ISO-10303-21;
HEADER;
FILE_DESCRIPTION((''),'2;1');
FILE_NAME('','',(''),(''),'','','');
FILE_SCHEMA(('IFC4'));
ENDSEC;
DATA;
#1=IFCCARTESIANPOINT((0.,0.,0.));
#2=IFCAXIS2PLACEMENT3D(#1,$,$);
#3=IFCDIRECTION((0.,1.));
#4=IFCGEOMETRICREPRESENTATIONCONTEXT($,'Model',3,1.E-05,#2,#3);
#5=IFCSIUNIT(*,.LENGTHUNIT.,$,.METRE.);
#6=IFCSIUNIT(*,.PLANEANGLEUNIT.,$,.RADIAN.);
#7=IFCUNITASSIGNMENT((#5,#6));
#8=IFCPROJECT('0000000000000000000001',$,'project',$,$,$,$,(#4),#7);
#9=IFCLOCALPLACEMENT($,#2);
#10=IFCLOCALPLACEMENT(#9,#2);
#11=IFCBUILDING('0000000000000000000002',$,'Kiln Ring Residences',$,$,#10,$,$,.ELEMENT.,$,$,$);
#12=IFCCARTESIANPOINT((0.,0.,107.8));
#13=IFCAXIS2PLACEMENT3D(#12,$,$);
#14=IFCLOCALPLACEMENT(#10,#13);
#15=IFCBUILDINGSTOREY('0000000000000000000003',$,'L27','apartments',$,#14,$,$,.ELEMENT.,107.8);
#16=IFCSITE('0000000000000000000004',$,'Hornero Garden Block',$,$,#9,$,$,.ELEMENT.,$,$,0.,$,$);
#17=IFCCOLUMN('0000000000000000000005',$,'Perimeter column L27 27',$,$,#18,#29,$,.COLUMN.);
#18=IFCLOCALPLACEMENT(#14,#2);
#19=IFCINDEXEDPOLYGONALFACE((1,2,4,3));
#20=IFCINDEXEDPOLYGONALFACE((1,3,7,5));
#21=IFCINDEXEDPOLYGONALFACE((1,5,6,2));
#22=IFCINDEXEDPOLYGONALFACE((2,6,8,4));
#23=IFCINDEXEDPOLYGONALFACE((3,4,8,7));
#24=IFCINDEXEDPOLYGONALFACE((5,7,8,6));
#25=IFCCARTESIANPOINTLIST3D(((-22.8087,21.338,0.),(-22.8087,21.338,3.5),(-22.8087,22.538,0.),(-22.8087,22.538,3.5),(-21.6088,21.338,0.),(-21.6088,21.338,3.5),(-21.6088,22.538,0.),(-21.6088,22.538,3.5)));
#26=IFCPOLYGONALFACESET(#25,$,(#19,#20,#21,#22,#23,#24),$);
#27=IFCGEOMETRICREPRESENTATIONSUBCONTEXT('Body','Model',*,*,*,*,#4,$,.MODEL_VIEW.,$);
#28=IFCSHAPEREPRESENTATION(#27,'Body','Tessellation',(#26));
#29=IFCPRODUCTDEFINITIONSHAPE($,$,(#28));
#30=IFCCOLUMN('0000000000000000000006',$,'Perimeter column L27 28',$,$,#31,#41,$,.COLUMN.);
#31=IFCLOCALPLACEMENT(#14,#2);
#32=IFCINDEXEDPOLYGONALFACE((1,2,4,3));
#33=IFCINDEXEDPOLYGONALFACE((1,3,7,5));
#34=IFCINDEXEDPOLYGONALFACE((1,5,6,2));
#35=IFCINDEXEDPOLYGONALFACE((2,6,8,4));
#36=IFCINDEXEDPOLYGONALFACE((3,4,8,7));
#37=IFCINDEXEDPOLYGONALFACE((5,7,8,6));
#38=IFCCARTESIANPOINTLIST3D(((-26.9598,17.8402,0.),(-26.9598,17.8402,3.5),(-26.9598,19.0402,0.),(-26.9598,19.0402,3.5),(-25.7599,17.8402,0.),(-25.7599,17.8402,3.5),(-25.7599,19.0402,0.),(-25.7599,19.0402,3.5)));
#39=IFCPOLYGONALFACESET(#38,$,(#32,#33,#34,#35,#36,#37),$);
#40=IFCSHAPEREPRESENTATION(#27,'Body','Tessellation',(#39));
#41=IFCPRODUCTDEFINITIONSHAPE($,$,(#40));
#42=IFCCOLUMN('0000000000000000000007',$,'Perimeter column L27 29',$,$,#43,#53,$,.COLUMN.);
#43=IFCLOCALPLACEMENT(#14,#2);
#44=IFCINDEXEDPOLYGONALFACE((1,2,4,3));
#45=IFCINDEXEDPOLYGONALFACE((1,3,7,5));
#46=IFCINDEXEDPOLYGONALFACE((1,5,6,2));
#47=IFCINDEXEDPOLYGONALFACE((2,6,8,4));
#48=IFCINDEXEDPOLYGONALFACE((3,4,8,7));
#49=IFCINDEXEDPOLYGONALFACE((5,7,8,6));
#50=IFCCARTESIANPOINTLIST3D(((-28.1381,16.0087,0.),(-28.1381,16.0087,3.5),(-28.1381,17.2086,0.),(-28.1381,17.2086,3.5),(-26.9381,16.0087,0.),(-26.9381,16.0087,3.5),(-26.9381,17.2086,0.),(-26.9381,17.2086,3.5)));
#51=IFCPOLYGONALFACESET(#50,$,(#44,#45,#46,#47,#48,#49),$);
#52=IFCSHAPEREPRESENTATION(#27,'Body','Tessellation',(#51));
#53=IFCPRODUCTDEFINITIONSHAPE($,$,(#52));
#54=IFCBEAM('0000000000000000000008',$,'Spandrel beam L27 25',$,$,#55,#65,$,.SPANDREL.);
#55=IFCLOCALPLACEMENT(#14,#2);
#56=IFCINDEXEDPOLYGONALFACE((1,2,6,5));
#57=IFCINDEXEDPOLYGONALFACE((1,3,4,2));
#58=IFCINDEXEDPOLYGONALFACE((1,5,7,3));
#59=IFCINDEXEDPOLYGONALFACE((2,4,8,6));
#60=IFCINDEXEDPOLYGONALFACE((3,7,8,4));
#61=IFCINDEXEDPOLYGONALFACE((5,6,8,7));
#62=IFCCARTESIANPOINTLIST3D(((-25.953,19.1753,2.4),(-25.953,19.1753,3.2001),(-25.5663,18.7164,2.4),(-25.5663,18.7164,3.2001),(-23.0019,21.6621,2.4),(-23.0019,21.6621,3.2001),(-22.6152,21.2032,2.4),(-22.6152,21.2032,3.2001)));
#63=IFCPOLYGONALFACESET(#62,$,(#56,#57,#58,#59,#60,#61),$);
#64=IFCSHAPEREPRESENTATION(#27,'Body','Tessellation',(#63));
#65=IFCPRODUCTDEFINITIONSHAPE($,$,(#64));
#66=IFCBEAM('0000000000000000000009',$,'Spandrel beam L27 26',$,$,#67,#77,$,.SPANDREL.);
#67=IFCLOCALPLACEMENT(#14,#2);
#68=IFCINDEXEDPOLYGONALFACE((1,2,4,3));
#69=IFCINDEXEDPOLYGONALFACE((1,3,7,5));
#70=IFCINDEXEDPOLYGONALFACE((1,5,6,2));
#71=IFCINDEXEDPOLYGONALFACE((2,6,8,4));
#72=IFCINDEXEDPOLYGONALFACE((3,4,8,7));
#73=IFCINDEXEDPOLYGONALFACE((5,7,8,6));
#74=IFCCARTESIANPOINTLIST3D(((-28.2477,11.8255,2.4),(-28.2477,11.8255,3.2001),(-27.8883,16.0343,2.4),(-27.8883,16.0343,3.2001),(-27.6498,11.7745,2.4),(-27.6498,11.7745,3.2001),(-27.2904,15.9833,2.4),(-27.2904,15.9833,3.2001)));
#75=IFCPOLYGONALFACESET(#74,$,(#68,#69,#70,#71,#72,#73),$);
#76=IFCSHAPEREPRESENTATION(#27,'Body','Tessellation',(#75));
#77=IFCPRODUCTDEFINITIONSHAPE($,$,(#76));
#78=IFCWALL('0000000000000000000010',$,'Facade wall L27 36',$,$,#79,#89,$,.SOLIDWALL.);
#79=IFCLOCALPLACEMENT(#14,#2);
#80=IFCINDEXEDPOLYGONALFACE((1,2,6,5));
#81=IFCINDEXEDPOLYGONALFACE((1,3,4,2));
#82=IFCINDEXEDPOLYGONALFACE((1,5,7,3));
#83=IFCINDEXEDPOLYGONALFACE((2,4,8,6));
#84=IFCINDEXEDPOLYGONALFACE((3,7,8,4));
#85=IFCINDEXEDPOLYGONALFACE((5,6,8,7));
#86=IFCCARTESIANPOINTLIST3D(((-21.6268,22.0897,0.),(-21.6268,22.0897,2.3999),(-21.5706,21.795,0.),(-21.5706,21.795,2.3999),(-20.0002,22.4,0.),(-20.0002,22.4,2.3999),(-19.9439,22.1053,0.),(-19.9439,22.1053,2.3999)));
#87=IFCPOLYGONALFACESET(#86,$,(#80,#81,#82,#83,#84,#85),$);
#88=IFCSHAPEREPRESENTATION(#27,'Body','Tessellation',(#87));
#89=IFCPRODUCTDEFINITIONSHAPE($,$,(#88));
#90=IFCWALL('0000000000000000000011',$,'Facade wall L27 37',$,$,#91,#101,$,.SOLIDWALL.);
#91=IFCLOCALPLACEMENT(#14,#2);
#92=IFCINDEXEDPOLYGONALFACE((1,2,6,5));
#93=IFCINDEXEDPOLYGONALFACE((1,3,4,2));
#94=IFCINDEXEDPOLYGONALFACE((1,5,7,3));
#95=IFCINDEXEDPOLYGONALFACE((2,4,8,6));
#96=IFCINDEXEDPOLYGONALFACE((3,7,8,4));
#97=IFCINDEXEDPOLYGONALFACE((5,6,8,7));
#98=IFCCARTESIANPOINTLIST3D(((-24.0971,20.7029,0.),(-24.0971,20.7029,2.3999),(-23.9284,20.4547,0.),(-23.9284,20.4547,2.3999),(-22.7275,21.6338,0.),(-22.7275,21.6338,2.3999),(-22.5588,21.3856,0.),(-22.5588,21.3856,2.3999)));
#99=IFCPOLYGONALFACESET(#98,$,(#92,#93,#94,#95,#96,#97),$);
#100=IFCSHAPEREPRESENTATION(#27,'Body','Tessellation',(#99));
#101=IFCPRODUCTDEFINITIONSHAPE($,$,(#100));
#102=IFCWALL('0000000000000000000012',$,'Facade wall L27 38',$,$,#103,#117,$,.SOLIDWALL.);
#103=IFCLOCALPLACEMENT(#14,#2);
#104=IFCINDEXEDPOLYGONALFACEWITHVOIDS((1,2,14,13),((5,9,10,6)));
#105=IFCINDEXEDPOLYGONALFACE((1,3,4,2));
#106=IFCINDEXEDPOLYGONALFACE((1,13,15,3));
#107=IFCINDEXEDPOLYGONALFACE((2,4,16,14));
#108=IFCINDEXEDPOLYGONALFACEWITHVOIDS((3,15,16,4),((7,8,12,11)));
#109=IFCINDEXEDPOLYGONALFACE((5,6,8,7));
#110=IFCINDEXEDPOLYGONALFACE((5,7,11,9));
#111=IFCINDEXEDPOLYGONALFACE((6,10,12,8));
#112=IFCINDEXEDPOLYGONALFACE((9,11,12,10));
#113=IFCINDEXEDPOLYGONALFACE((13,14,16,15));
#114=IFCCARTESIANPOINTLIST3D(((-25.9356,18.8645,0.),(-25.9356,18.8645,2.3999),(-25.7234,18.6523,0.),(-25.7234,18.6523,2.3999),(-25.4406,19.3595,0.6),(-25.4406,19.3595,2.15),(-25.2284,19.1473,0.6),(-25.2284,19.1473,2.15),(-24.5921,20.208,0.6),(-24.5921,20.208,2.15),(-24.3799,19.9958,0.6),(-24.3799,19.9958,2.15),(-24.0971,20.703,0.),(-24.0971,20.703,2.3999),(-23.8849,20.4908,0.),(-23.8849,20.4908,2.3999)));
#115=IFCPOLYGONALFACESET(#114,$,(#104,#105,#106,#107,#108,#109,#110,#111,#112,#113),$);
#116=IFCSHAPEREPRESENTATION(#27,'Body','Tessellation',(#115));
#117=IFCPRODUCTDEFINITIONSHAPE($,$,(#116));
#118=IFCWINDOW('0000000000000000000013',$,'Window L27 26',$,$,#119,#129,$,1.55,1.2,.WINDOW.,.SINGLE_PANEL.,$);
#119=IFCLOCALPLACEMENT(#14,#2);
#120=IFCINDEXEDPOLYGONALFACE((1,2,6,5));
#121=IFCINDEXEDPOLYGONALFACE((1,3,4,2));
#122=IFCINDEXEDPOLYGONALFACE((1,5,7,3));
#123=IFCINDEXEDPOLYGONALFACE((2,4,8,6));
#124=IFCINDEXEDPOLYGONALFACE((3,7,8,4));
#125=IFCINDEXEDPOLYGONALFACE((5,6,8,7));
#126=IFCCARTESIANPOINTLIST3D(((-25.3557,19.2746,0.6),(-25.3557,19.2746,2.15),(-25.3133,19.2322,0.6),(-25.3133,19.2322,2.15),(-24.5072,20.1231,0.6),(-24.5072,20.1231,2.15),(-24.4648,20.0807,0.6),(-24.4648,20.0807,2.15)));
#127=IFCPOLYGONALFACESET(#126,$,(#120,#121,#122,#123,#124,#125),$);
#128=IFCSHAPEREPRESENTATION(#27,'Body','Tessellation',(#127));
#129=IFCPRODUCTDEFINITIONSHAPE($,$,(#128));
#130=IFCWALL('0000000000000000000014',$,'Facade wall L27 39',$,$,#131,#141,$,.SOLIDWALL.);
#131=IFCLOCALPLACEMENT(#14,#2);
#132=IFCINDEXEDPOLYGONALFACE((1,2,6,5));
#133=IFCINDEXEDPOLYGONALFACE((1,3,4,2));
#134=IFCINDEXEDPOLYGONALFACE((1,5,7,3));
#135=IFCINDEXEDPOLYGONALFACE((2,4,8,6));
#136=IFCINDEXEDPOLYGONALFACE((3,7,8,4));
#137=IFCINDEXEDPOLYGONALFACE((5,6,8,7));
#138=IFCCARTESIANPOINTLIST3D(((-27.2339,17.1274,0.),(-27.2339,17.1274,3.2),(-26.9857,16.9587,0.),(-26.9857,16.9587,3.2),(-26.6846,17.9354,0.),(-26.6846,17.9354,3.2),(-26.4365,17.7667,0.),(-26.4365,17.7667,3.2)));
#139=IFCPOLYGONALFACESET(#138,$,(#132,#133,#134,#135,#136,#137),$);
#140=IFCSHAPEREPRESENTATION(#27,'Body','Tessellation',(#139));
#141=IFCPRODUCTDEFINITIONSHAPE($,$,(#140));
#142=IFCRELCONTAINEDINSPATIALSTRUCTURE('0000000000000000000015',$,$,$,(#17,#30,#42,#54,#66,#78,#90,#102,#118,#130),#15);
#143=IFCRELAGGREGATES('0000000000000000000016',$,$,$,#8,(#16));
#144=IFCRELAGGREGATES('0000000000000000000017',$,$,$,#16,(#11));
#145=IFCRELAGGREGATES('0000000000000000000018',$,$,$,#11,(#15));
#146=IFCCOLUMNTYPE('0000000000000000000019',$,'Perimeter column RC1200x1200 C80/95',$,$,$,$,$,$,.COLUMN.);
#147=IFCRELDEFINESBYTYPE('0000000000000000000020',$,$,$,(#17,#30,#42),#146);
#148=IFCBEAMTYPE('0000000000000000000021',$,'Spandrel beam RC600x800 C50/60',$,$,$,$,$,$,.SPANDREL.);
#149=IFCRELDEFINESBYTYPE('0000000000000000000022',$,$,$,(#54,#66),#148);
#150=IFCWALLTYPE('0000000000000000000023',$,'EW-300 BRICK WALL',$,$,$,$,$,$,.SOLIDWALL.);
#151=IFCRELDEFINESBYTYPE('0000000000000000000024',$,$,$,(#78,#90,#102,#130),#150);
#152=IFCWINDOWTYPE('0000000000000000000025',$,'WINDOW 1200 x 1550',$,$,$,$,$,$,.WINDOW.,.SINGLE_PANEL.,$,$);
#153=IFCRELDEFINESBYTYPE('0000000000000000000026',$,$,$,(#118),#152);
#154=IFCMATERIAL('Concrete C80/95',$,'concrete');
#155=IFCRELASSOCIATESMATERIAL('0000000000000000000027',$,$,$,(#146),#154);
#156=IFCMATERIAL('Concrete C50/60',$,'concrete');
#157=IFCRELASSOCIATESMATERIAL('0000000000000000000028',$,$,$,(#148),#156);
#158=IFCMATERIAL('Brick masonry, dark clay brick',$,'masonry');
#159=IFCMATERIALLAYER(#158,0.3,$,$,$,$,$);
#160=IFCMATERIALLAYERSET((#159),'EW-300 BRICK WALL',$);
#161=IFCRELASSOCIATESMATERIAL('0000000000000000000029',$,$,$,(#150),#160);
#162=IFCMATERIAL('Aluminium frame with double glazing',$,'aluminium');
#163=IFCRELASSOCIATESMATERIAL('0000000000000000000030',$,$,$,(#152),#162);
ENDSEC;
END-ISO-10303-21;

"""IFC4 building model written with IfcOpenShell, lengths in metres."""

from ifc_helpers import new_model, si_unit, direction, frame, frame_2d, origin, origin_2d, place, context, subcontext, project, spatial, rectangle, extrude, material, layer, layer_set, material_profile, profile_set, type_object, element, fill, save


model = new_model("IFC4")

# Units and contexts
model_context = context("Model", 3, precision=1e-05, world=origin(), true_north=direction((0.0, 1.0)))
body_context = subcontext(model_context, "Body", "Model", "MODEL_VIEW")
ifc_project = project(units=[si_unit("LENGTHUNIT", "METRE"), si_unit("PLANEANGLEUNIT", "RADIAN")], contexts=[model_context])

# Site, building, storey
site_placement = place(None, origin())
site = spatial("IfcSite", under=ifc_project, at=site_placement, Name="Hornero Garden Block", CompositionType="ELEMENT", RefElevation=0.0)
building_placement = place(site_placement, origin())
building = spatial("IfcBuilding", under=site, at=building_placement, Name="Kiln Ring Residences", CompositionType="ELEMENT")
storey_placement = place(building_placement, frame((0.0, 0.0, 107.8)))
storey = spatial("IfcBuildingStorey", under=building, at=storey_placement, Name="L27", Description="apartments", CompositionType="ELEMENT", Elevation=107.8)

# Columns
ifc_material_1 = material(Name="Concrete C80/95", Category="concrete")
ifc_material_profile_1 = material_profile(ifc_material_1, rectangle(XDim=1.2, YDim=1.2, at=origin_2d()), Name="RC1200x1200")
ifc_profile_set_1 = profile_set([ifc_material_profile_1], Name="Concrete C80/95")
column_type = type_object("IfcColumnType", Name="Perimeter column RC1200x1200 C80/95", PredefinedType="COLUMN", material=ifc_profile_set_1)
for number, where, z_axis, x_axis, name in (
    (1, (-22.2087, 21.938, 0.0), (0.0, 0.0, 1.0), (1.0, 0.0, 0.0), "Perimeter column L27 27"),
    (2, (-26.3599, 18.4402, 0.0), (0.0, 0.0, 1.0), (1.0, 0.0, 0.0), "Perimeter column L27 28"),
    (3, (-27.5381, 16.6086, 0.0), (0.0, 0.0, 1.0), (1.0, 0.0, 0.0), "Perimeter column L27 29"),
):
    element("IfcColumn", number, at=place(storey_placement, frame(where, z_axis=z_axis, x_axis=x_axis)), inside=storey, type_object=column_type, Name=name, PredefinedType="COLUMN", context=body_context, shape_type="SweptSolid", body=[
        extrude(rectangle(XDim=1.2, YDim=1.2, at=origin_2d()), origin(), (0.0, 0.0, 1.0), 3.5),
    ])

# Beams
ifc_material_2 = material(Name="Concrete C50/60", Category="concrete")
ifc_material_profile_2 = material_profile(ifc_material_2, rectangle(XDim=0.6001, YDim=0.8, at=origin_2d()), Name="RC600x800")
ifc_profile_set_2 = profile_set([ifc_material_profile_2], Name="Concrete C50/60")
beam_type = type_object("IfcBeamType", Name="Spandrel beam RC600x800 C50/60", PredefinedType="SPANDREL", material=ifc_profile_set_2)
beam_1_placement = place(storey_placement, frame((-22.8086, 21.4326, 2.8), z_axis=(-0.764704, -0.644381, 0.0), x_axis=(0.644381, -0.764704, 0.0)))
element("IfcBeam", 4, at=beam_1_placement, inside=storey, type_object=beam_type, Name="Spandrel beam L27 25", PredefinedType="SPANDREL", context=body_context, shape_type="SweptSolid", body=[
    extrude(rectangle(XDim=0.6001, YDim=0.8, at=origin_2d()), origin(), (0.0, 0.0, 1.0), 3.8591),
])
beam_2_placement = place(storey_placement, frame((-27.5894, 16.0088, 2.8), z_axis=(-0.085078, -0.996374, 0.0), x_axis=(0.996374, -0.085078, 0.0)))
element("IfcBeam", 5, at=beam_2_placement, inside=storey, type_object=beam_type, Name="Spandrel beam L27 26", PredefinedType="SPANDREL", context=body_context, shape_type="SweptSolid", body=[
    extrude(rectangle(XDim=0.6001, YDim=0.8, at=origin_2d()), origin(), (0.0, 0.0, 1.0), 4.2241),
])

# Walls
ifc_material_3 = material(Name="Brick masonry, dark clay brick", Category="masonry")
ifc_layer_1 = layer(ifc_material_3, 0.3)
ifc_layer_set_1 = layer_set([ifc_layer_1], Name="EW-300 BRICK WALL")
wall_type_1 = type_object("IfcWallType", Name="EW-300 BRICK WALL", PredefinedType="SOLIDWALL", material=ifc_layer_set_1)
for number, where, z_axis, x_axis, name in (
    (6, (-19.9719, 22.2527, 0.0), (0.0, 0.0, 1.0), (-0.982288, -0.187376, 0.0), "Facade wall L27 36"),
    (7, (-22.6431, 21.5098, 0.0), (0.0, 0.0, 1.0), (-0.82705, -0.562129, 0.0), "Facade wall L27 37"),
):
    element("IfcWall", number, at=place(storey_placement, frame(where, z_axis=z_axis, x_axis=x_axis)), inside=storey, type_object=wall_type_1, Name=name, PredefinedType="SOLIDWALL", context=body_context, shape_type="SweptSolid", body=[
        extrude(rectangle(XDim=1.656, YDim=0.3, at=frame_2d((0.8281, 0.0))), origin(), (0.0, 0.0, 1.0), 2.3999),
    ])

# Wall, opening, window
wall_1_placement = place(storey_placement, frame((-23.991, 20.5969, 0.0), z_axis=(0.0, 0.0, 1.0), x_axis=(-0.707107, -0.707107, 0.0)))
wall_1 = element("IfcWall", 8, at=wall_1_placement, inside=storey, type_object=wall_type_1, Name="Facade wall L27 38", PredefinedType="SOLIDWALL", context=body_context, shape_type="SweptSolid", body=[
    extrude(rectangle(XDim=2.6001, YDim=0.3, at=frame_2d((1.3, 0.0))), origin(), (0.0, 0.0, 1.0), 2.3999),
])
opening_1_placement = place(wall_1_placement, frame((0.7, 0.0, 0.6001)))
opening_1 = element("IfcOpeningElement", 9, at=opening_1_placement, cuts=wall_1, PredefinedType="OPENING", context=body_context, shape_type="SweptSolid", body=[
    extrude(rectangle(XDim=1.2, YDim=1.55, at=frame_2d((0.6001, 0.7749))), frame((0.0, 0.1599, 0.0), z_axis=(0.0, -1.0, 0.0), x_axis=(1.0, 0.0, 0.0)), (0.0, 0.0, 1.0), 0.3201),
])
ifc_material_4 = material(Name="Aluminium frame with double glazing", Category="aluminium")
window_type = type_object("IfcWindowType", Name="WINDOW 1200 x 1550", PartitioningType="SINGLE_PANEL", PredefinedType="WINDOW", material=ifc_material_4)
window_placement = place(opening_1_placement, origin())
window = element("IfcWindow", 10, at=window_placement, inside=storey, type_object=window_type, Name="Window L27 26", OverallHeight=1.55, OverallWidth=1.2, PartitioningType="SINGLE_PANEL", PredefinedType="WINDOW", context=body_context, shape_type="SweptSolid", body=[
    extrude(rectangle(XDim=1.2, YDim=1.55, at=frame_2d((0.6001, 0.7749))), frame((0.0, 0.03, 0.0), z_axis=(0.0, -1.0, 0.0), x_axis=(1.0, 0.0, 0.0)), (0.0, 0.0, 1.0), 0.0601),
])
fill(opening_1, window)

# Wall
wall_2_placement = place(storey_placement, frame((-26.5605, 17.8511, 0.0), z_axis=(0.0, 0.0, 1.0), x_axis=(-0.562173, -0.827019, 0.0)))
element("IfcWall", 11, at=wall_2_placement, inside=storey, type_object=wall_type_1, Name="Facade wall L27 39", PredefinedType="SOLIDWALL", context=body_context, shape_type="SweptSolid", body=[
    extrude(rectangle(XDim=0.9771, YDim=0.3, at=frame_2d((0.4885, 0.0))), origin(), (0.0, 0.0, 1.0), 3.2),
])

save(model, "model.ifc")
